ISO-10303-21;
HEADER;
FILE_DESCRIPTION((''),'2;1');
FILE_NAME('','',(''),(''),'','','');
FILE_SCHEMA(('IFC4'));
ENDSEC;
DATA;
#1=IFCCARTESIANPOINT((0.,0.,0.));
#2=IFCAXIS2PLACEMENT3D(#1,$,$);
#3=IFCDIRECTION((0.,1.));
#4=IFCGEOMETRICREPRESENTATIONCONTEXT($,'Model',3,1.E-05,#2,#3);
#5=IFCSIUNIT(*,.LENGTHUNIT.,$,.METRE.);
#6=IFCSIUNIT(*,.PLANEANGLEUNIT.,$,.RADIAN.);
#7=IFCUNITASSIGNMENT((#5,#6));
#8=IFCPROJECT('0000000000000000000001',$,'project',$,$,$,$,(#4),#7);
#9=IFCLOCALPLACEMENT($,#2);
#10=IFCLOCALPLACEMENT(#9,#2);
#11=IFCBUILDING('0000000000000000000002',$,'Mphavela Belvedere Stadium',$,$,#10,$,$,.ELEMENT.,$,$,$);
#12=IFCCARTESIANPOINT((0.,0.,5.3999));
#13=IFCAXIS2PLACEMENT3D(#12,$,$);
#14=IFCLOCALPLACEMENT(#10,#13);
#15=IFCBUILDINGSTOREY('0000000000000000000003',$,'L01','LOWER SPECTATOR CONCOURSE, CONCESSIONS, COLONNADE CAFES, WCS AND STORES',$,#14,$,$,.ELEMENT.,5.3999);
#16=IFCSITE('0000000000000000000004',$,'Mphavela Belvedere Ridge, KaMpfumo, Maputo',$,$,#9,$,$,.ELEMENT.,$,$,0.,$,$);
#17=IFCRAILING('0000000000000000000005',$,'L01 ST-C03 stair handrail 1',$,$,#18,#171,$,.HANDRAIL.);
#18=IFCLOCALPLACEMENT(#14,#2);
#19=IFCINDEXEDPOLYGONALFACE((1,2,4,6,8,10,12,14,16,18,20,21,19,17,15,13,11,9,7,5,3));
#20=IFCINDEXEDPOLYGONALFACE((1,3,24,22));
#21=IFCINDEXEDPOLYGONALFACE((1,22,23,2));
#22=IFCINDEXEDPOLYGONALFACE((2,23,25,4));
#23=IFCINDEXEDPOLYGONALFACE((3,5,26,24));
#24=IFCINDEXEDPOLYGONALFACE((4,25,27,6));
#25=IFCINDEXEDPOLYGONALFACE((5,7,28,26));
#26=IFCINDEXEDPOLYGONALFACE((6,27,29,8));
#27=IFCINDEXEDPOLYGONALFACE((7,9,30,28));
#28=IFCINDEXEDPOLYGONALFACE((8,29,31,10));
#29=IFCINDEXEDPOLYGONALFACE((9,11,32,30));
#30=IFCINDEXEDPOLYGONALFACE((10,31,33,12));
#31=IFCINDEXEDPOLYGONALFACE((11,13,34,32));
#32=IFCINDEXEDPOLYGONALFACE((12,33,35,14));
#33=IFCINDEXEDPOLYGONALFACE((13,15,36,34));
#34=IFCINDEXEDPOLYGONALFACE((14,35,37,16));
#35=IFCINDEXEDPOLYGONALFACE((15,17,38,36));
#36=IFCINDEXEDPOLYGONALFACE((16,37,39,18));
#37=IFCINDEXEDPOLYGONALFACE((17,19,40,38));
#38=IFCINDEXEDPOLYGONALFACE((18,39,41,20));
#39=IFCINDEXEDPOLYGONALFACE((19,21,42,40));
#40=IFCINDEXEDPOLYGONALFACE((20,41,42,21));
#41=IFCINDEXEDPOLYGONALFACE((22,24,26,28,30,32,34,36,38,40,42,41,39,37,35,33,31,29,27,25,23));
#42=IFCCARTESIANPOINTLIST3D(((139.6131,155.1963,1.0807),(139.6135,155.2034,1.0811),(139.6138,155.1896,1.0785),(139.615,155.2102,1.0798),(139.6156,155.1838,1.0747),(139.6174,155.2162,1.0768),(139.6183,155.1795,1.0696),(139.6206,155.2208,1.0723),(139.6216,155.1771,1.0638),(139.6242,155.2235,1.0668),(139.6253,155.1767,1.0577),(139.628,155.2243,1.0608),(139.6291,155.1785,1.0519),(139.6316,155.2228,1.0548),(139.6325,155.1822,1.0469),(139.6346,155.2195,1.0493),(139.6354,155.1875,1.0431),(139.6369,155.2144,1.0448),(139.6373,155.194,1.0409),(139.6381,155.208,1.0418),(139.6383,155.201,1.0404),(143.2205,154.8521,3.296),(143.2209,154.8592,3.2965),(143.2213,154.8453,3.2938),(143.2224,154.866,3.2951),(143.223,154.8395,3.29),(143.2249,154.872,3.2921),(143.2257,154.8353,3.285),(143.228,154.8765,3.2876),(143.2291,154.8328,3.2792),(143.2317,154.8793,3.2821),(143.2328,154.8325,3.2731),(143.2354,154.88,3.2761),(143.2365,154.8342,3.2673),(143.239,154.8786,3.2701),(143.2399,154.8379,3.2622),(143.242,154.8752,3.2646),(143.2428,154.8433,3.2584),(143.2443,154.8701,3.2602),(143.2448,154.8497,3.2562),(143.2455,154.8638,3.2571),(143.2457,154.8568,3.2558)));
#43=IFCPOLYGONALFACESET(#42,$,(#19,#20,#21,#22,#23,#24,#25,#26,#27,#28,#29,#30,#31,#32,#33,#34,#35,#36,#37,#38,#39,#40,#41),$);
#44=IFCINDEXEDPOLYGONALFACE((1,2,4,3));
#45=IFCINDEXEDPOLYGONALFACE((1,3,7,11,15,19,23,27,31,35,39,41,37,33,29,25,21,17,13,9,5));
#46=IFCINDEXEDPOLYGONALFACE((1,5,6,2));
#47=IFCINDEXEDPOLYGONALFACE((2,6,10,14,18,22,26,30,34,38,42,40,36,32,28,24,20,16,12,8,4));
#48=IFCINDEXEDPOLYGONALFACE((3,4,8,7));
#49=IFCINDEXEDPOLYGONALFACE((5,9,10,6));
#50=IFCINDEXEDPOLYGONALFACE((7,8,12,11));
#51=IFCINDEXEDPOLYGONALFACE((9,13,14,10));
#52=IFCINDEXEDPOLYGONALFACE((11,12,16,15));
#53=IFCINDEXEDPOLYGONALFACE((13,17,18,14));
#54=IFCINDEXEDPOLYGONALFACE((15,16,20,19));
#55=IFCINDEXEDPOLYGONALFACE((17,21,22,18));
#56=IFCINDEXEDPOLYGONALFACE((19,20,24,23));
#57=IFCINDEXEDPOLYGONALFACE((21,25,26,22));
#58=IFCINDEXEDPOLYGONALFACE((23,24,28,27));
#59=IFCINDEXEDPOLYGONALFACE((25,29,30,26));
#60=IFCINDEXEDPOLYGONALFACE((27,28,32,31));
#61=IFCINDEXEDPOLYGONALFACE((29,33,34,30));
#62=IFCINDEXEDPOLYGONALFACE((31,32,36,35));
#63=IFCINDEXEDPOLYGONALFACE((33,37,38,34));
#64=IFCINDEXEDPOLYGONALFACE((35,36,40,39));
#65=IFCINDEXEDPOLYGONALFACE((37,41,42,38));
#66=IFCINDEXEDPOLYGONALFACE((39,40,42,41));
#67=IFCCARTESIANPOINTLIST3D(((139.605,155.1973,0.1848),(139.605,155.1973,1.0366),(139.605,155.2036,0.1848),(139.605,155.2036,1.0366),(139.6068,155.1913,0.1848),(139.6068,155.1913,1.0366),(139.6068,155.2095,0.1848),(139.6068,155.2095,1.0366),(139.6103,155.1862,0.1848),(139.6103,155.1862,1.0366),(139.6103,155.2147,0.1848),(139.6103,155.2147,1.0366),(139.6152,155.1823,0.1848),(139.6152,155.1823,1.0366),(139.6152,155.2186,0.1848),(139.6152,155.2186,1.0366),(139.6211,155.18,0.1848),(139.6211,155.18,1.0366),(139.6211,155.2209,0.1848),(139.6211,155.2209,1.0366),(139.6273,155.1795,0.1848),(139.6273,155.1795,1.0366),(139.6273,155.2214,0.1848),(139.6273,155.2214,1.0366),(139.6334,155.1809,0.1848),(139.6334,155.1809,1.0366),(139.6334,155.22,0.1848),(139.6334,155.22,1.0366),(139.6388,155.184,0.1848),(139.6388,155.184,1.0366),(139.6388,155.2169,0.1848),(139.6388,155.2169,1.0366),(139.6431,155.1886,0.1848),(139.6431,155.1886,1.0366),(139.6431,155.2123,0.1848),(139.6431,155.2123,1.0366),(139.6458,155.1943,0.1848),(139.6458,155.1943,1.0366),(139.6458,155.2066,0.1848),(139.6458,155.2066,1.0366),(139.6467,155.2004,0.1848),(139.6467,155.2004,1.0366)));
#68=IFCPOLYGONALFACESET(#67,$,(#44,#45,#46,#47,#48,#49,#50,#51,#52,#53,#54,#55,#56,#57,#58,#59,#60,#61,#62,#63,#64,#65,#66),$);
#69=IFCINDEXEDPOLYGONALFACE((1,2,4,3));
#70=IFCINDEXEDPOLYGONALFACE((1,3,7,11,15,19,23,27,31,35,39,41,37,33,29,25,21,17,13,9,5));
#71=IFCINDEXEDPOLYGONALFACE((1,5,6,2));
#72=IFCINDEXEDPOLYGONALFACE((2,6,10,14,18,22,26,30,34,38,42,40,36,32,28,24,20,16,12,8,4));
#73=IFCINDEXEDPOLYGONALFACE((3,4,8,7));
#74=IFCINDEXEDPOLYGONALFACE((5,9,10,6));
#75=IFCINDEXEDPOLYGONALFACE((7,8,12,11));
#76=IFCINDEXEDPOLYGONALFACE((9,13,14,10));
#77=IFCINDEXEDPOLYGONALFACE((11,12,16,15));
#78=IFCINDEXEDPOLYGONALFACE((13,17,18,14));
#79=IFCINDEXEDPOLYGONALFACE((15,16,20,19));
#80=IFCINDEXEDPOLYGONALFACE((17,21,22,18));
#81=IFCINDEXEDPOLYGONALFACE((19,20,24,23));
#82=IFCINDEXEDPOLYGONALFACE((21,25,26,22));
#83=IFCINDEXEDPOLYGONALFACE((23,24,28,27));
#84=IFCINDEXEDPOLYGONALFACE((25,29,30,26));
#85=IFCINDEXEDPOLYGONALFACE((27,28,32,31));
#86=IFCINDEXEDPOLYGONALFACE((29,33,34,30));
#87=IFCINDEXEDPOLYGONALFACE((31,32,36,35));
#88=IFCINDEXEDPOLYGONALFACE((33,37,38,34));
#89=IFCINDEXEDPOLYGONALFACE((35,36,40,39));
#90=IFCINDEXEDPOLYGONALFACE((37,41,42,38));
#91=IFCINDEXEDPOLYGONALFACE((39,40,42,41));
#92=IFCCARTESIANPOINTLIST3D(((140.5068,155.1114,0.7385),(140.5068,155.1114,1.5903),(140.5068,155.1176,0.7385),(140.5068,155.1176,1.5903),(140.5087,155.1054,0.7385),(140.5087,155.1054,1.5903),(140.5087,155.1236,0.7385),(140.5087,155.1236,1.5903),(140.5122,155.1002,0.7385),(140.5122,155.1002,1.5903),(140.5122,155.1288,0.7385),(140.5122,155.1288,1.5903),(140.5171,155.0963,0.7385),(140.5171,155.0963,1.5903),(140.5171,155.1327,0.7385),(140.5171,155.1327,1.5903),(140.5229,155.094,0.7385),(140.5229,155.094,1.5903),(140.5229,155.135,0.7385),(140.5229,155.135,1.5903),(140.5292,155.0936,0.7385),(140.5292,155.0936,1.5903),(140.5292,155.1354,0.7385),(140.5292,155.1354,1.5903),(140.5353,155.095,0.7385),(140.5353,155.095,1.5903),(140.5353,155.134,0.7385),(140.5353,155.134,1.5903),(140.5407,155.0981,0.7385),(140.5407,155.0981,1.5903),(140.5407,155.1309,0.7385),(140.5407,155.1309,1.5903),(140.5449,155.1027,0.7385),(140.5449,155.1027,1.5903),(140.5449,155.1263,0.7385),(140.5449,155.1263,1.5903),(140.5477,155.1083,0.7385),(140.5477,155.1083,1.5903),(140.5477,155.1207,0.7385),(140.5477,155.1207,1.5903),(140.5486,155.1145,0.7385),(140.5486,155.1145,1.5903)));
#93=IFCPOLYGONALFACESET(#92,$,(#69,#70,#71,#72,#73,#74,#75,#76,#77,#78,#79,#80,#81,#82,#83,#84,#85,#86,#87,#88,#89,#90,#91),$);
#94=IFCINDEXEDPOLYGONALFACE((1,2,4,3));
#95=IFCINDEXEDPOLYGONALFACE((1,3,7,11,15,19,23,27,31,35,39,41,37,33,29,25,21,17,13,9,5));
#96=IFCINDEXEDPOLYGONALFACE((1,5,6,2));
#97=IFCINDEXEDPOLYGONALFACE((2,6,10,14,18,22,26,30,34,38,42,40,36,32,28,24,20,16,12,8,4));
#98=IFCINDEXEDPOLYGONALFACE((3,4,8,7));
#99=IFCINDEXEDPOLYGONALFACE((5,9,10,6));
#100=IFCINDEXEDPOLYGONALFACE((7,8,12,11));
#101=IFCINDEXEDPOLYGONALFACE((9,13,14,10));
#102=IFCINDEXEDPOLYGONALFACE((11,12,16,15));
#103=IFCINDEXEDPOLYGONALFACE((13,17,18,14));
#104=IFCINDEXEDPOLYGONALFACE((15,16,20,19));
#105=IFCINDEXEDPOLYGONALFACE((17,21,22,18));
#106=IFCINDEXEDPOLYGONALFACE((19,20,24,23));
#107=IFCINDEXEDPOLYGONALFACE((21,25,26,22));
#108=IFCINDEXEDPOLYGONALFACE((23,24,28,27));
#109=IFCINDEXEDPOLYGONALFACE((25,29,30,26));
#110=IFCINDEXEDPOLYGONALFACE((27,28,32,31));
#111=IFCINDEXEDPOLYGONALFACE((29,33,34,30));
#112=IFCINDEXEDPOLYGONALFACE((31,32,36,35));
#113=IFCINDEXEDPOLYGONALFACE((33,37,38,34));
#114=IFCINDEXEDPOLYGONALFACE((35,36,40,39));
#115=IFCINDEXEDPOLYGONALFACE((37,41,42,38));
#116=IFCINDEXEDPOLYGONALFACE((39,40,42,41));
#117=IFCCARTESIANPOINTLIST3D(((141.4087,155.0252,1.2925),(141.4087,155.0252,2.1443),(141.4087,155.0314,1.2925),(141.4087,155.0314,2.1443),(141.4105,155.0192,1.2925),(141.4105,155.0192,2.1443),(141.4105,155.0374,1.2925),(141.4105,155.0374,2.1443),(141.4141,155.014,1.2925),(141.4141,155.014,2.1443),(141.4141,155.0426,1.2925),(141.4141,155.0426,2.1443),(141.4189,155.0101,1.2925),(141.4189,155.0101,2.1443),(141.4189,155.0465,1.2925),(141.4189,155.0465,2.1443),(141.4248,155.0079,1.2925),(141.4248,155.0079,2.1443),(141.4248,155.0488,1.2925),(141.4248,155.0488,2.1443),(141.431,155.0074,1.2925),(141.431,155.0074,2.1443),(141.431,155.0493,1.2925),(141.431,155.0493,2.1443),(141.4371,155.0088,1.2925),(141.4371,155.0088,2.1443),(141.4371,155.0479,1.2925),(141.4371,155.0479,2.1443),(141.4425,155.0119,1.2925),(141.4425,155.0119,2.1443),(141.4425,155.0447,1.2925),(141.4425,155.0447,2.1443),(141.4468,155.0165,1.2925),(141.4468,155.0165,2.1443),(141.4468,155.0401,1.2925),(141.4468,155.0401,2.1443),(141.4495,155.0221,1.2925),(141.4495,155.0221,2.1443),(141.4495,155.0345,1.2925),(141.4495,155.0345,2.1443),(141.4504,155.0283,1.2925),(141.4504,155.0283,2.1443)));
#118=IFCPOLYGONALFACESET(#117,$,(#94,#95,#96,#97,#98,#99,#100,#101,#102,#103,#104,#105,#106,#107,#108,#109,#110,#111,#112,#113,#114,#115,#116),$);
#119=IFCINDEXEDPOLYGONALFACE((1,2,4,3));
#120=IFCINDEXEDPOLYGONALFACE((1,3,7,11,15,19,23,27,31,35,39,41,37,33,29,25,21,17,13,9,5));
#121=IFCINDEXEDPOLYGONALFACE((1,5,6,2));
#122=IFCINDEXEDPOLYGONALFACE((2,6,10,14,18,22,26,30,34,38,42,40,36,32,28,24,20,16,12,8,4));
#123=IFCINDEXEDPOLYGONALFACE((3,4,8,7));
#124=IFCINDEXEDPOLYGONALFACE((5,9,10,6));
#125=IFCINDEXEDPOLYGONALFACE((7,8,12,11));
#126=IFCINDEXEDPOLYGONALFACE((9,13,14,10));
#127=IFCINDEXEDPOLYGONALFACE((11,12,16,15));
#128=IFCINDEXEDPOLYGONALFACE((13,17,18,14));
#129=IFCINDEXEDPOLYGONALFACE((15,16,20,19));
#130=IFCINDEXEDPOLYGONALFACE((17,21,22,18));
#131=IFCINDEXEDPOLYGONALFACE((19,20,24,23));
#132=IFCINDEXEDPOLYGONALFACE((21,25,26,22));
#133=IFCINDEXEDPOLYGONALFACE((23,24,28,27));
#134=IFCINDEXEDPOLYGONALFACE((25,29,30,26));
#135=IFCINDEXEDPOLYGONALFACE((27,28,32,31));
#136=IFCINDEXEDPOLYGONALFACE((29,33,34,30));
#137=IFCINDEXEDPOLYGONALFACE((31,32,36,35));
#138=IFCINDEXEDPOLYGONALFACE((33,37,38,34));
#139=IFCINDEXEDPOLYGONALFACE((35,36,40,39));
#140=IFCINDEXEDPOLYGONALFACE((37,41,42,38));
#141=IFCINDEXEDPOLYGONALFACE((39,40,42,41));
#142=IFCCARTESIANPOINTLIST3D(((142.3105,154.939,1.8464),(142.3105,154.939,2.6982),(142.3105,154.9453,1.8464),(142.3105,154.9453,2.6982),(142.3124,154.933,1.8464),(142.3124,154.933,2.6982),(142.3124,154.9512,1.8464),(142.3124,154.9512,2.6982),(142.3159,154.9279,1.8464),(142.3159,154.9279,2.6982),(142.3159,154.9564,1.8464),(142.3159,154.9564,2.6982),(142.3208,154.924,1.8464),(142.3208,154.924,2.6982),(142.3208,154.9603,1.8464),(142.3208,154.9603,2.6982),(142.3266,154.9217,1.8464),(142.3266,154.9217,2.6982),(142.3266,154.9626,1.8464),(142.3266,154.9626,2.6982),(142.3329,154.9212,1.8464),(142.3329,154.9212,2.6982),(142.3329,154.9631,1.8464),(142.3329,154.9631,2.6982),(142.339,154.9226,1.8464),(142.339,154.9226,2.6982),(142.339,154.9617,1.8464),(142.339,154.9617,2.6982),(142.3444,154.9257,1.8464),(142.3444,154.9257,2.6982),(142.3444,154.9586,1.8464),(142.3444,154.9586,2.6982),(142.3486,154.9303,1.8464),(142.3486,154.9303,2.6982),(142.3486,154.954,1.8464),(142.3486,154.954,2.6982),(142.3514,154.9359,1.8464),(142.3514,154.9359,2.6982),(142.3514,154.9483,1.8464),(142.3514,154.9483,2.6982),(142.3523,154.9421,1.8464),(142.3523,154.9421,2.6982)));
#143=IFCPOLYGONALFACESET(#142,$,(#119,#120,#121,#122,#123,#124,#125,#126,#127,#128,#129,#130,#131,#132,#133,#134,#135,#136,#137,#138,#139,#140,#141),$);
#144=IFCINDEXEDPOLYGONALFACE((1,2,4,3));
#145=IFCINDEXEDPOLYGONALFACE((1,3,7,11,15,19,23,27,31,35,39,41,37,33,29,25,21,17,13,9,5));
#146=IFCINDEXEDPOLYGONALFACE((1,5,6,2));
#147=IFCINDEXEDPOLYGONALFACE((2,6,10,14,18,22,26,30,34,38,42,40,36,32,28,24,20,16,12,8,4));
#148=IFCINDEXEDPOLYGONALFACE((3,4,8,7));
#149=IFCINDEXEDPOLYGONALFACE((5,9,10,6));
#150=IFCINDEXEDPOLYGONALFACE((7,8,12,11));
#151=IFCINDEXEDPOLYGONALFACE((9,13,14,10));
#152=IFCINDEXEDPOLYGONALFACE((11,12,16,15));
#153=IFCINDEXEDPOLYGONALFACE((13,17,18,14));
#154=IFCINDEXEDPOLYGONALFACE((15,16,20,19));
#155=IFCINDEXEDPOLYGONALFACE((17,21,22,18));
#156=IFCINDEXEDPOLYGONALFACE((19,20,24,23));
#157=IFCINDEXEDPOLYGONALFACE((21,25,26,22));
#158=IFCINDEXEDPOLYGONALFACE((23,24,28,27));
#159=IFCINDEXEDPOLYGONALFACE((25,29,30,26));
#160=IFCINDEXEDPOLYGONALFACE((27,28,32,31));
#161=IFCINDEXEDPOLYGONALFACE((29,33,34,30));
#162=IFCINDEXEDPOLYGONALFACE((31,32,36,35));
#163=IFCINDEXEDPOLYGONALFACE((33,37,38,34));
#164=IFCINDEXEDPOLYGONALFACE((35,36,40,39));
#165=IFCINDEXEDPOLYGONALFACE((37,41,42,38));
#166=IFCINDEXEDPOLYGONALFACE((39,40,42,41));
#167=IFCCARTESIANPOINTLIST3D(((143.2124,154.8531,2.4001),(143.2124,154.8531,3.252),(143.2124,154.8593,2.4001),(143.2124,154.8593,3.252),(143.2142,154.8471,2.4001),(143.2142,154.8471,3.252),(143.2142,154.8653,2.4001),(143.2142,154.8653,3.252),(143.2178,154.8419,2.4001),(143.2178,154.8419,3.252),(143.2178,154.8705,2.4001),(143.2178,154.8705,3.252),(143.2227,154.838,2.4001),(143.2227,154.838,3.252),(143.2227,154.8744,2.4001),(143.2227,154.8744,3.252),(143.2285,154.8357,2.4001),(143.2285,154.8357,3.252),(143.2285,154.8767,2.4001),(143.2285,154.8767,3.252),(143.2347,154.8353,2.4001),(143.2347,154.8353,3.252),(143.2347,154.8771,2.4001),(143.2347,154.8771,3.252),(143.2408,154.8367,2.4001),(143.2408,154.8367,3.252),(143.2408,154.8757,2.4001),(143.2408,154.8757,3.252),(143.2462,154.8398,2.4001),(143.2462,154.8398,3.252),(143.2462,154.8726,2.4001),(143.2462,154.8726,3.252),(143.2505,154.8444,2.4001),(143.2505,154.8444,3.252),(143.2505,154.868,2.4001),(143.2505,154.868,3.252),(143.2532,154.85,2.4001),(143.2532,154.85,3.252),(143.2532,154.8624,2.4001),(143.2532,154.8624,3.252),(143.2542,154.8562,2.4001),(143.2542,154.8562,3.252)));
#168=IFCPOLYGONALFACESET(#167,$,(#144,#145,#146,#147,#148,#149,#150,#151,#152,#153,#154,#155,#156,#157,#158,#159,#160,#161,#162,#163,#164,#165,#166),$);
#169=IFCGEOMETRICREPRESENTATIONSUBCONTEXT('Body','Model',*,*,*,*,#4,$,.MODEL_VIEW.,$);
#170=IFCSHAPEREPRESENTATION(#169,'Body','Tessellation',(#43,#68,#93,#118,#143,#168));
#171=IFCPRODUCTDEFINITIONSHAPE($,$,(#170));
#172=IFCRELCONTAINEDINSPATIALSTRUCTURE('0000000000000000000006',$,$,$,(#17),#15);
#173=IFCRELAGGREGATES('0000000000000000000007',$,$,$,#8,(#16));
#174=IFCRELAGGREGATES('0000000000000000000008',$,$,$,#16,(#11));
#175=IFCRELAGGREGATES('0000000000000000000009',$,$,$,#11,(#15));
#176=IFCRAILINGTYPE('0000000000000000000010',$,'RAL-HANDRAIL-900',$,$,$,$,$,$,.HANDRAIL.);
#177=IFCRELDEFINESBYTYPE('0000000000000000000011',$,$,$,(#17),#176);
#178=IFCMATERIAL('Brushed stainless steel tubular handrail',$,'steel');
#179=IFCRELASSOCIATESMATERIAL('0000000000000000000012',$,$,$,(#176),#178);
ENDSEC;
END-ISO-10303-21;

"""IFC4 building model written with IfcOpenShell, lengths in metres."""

from ifc_helpers import new_model, si_unit, direction, frame, origin, origin_2d, place, context, subcontext, project, spatial, circle, extrude, material, type_object, element, save


model = new_model("IFC4")

# Units and contexts
model_context = context("Model", 3, precision=1e-05, world=origin(), true_north=direction((0.0, 1.0)))
body_context = subcontext(model_context, "Body", "Model", "MODEL_VIEW")
ifc_project = project(units=[si_unit("LENGTHUNIT", "METRE"), si_unit("PLANEANGLEUNIT", "RADIAN")], contexts=[model_context])

# Site, building, storey
site_placement = place(None, origin())
site = spatial("IfcSite", under=ifc_project, at=site_placement, Name="Mphavela Belvedere Ridge, KaMpfumo, Maputo", CompositionType="ELEMENT", RefElevation=0.0)
building_placement = place(site_placement, origin())
building = spatial("IfcBuilding", under=site, at=building_placement, Name="Mphavela Belvedere Stadium", CompositionType="ELEMENT")
storey_placement = place(building_placement, frame((0.0, 0.0, 5.3999)))
storey = spatial("IfcBuildingStorey", under=building, at=storey_placement, Name="L01", Description="LOWER SPECTATOR CONCOURSE, CONCESSIONS, COLONNADE CAFES, WCS AND STORES", CompositionType="ELEMENT", Elevation=5.3999)

# Railing
ifc_material_1 = material(Name="Brushed stainless steel tubular handrail", Category="steel")
railing_type_1 = type_object("IfcRailingType", Name="RAL-HANDRAIL-900", PredefinedType="HANDRAIL", material=ifc_material_1)
railing_1_placement = place(storey_placement, frame((139.6257, 155.2004, 0.1848)))
element("IfcRailing", 1, at=railing_1_placement, inside=storey, type_object=railing_type_1, Name="L01 ST-C03 stair handrail 1", PredefinedType="HANDRAIL", context=body_context, shape_type="SweptSolid", body=[
    extrude(circle(Radius=0.0239, at=origin_2d()), frame((0.0, 0.0, 0.876), z_axis=(0.849342, -0.081048, 0.521584), x_axis=(0.094993, 0.995478, 0.0)), (0.0, 0.0, 1.0), 4.2473),
    extrude(circle(Radius=0.021, at=origin_2d()), origin(), (0.0, 0.0, 1.0), 0.8518),
    extrude(circle(Radius=0.021, at=origin_2d()), frame((0.9019, -0.0859, 0.5537)), (0.0, 0.0, 1.0), 0.8518),
    extrude(circle(Radius=0.021, at=origin_2d()), frame((1.8037, -0.1721, 1.1077)), (0.0, 0.0, 1.0), 0.8518),
    extrude(circle(Radius=0.021, at=origin_2d()), frame((2.7056, -0.2583, 1.6616)), (0.0, 0.0, 1.0), 0.8518),
    extrude(circle(Radius=0.021, at=origin_2d()), frame((3.6074, -0.3442, 2.2153)), (0.0, 0.0, 1.0), 0.8518),
])

save(model, "model.ifc")
